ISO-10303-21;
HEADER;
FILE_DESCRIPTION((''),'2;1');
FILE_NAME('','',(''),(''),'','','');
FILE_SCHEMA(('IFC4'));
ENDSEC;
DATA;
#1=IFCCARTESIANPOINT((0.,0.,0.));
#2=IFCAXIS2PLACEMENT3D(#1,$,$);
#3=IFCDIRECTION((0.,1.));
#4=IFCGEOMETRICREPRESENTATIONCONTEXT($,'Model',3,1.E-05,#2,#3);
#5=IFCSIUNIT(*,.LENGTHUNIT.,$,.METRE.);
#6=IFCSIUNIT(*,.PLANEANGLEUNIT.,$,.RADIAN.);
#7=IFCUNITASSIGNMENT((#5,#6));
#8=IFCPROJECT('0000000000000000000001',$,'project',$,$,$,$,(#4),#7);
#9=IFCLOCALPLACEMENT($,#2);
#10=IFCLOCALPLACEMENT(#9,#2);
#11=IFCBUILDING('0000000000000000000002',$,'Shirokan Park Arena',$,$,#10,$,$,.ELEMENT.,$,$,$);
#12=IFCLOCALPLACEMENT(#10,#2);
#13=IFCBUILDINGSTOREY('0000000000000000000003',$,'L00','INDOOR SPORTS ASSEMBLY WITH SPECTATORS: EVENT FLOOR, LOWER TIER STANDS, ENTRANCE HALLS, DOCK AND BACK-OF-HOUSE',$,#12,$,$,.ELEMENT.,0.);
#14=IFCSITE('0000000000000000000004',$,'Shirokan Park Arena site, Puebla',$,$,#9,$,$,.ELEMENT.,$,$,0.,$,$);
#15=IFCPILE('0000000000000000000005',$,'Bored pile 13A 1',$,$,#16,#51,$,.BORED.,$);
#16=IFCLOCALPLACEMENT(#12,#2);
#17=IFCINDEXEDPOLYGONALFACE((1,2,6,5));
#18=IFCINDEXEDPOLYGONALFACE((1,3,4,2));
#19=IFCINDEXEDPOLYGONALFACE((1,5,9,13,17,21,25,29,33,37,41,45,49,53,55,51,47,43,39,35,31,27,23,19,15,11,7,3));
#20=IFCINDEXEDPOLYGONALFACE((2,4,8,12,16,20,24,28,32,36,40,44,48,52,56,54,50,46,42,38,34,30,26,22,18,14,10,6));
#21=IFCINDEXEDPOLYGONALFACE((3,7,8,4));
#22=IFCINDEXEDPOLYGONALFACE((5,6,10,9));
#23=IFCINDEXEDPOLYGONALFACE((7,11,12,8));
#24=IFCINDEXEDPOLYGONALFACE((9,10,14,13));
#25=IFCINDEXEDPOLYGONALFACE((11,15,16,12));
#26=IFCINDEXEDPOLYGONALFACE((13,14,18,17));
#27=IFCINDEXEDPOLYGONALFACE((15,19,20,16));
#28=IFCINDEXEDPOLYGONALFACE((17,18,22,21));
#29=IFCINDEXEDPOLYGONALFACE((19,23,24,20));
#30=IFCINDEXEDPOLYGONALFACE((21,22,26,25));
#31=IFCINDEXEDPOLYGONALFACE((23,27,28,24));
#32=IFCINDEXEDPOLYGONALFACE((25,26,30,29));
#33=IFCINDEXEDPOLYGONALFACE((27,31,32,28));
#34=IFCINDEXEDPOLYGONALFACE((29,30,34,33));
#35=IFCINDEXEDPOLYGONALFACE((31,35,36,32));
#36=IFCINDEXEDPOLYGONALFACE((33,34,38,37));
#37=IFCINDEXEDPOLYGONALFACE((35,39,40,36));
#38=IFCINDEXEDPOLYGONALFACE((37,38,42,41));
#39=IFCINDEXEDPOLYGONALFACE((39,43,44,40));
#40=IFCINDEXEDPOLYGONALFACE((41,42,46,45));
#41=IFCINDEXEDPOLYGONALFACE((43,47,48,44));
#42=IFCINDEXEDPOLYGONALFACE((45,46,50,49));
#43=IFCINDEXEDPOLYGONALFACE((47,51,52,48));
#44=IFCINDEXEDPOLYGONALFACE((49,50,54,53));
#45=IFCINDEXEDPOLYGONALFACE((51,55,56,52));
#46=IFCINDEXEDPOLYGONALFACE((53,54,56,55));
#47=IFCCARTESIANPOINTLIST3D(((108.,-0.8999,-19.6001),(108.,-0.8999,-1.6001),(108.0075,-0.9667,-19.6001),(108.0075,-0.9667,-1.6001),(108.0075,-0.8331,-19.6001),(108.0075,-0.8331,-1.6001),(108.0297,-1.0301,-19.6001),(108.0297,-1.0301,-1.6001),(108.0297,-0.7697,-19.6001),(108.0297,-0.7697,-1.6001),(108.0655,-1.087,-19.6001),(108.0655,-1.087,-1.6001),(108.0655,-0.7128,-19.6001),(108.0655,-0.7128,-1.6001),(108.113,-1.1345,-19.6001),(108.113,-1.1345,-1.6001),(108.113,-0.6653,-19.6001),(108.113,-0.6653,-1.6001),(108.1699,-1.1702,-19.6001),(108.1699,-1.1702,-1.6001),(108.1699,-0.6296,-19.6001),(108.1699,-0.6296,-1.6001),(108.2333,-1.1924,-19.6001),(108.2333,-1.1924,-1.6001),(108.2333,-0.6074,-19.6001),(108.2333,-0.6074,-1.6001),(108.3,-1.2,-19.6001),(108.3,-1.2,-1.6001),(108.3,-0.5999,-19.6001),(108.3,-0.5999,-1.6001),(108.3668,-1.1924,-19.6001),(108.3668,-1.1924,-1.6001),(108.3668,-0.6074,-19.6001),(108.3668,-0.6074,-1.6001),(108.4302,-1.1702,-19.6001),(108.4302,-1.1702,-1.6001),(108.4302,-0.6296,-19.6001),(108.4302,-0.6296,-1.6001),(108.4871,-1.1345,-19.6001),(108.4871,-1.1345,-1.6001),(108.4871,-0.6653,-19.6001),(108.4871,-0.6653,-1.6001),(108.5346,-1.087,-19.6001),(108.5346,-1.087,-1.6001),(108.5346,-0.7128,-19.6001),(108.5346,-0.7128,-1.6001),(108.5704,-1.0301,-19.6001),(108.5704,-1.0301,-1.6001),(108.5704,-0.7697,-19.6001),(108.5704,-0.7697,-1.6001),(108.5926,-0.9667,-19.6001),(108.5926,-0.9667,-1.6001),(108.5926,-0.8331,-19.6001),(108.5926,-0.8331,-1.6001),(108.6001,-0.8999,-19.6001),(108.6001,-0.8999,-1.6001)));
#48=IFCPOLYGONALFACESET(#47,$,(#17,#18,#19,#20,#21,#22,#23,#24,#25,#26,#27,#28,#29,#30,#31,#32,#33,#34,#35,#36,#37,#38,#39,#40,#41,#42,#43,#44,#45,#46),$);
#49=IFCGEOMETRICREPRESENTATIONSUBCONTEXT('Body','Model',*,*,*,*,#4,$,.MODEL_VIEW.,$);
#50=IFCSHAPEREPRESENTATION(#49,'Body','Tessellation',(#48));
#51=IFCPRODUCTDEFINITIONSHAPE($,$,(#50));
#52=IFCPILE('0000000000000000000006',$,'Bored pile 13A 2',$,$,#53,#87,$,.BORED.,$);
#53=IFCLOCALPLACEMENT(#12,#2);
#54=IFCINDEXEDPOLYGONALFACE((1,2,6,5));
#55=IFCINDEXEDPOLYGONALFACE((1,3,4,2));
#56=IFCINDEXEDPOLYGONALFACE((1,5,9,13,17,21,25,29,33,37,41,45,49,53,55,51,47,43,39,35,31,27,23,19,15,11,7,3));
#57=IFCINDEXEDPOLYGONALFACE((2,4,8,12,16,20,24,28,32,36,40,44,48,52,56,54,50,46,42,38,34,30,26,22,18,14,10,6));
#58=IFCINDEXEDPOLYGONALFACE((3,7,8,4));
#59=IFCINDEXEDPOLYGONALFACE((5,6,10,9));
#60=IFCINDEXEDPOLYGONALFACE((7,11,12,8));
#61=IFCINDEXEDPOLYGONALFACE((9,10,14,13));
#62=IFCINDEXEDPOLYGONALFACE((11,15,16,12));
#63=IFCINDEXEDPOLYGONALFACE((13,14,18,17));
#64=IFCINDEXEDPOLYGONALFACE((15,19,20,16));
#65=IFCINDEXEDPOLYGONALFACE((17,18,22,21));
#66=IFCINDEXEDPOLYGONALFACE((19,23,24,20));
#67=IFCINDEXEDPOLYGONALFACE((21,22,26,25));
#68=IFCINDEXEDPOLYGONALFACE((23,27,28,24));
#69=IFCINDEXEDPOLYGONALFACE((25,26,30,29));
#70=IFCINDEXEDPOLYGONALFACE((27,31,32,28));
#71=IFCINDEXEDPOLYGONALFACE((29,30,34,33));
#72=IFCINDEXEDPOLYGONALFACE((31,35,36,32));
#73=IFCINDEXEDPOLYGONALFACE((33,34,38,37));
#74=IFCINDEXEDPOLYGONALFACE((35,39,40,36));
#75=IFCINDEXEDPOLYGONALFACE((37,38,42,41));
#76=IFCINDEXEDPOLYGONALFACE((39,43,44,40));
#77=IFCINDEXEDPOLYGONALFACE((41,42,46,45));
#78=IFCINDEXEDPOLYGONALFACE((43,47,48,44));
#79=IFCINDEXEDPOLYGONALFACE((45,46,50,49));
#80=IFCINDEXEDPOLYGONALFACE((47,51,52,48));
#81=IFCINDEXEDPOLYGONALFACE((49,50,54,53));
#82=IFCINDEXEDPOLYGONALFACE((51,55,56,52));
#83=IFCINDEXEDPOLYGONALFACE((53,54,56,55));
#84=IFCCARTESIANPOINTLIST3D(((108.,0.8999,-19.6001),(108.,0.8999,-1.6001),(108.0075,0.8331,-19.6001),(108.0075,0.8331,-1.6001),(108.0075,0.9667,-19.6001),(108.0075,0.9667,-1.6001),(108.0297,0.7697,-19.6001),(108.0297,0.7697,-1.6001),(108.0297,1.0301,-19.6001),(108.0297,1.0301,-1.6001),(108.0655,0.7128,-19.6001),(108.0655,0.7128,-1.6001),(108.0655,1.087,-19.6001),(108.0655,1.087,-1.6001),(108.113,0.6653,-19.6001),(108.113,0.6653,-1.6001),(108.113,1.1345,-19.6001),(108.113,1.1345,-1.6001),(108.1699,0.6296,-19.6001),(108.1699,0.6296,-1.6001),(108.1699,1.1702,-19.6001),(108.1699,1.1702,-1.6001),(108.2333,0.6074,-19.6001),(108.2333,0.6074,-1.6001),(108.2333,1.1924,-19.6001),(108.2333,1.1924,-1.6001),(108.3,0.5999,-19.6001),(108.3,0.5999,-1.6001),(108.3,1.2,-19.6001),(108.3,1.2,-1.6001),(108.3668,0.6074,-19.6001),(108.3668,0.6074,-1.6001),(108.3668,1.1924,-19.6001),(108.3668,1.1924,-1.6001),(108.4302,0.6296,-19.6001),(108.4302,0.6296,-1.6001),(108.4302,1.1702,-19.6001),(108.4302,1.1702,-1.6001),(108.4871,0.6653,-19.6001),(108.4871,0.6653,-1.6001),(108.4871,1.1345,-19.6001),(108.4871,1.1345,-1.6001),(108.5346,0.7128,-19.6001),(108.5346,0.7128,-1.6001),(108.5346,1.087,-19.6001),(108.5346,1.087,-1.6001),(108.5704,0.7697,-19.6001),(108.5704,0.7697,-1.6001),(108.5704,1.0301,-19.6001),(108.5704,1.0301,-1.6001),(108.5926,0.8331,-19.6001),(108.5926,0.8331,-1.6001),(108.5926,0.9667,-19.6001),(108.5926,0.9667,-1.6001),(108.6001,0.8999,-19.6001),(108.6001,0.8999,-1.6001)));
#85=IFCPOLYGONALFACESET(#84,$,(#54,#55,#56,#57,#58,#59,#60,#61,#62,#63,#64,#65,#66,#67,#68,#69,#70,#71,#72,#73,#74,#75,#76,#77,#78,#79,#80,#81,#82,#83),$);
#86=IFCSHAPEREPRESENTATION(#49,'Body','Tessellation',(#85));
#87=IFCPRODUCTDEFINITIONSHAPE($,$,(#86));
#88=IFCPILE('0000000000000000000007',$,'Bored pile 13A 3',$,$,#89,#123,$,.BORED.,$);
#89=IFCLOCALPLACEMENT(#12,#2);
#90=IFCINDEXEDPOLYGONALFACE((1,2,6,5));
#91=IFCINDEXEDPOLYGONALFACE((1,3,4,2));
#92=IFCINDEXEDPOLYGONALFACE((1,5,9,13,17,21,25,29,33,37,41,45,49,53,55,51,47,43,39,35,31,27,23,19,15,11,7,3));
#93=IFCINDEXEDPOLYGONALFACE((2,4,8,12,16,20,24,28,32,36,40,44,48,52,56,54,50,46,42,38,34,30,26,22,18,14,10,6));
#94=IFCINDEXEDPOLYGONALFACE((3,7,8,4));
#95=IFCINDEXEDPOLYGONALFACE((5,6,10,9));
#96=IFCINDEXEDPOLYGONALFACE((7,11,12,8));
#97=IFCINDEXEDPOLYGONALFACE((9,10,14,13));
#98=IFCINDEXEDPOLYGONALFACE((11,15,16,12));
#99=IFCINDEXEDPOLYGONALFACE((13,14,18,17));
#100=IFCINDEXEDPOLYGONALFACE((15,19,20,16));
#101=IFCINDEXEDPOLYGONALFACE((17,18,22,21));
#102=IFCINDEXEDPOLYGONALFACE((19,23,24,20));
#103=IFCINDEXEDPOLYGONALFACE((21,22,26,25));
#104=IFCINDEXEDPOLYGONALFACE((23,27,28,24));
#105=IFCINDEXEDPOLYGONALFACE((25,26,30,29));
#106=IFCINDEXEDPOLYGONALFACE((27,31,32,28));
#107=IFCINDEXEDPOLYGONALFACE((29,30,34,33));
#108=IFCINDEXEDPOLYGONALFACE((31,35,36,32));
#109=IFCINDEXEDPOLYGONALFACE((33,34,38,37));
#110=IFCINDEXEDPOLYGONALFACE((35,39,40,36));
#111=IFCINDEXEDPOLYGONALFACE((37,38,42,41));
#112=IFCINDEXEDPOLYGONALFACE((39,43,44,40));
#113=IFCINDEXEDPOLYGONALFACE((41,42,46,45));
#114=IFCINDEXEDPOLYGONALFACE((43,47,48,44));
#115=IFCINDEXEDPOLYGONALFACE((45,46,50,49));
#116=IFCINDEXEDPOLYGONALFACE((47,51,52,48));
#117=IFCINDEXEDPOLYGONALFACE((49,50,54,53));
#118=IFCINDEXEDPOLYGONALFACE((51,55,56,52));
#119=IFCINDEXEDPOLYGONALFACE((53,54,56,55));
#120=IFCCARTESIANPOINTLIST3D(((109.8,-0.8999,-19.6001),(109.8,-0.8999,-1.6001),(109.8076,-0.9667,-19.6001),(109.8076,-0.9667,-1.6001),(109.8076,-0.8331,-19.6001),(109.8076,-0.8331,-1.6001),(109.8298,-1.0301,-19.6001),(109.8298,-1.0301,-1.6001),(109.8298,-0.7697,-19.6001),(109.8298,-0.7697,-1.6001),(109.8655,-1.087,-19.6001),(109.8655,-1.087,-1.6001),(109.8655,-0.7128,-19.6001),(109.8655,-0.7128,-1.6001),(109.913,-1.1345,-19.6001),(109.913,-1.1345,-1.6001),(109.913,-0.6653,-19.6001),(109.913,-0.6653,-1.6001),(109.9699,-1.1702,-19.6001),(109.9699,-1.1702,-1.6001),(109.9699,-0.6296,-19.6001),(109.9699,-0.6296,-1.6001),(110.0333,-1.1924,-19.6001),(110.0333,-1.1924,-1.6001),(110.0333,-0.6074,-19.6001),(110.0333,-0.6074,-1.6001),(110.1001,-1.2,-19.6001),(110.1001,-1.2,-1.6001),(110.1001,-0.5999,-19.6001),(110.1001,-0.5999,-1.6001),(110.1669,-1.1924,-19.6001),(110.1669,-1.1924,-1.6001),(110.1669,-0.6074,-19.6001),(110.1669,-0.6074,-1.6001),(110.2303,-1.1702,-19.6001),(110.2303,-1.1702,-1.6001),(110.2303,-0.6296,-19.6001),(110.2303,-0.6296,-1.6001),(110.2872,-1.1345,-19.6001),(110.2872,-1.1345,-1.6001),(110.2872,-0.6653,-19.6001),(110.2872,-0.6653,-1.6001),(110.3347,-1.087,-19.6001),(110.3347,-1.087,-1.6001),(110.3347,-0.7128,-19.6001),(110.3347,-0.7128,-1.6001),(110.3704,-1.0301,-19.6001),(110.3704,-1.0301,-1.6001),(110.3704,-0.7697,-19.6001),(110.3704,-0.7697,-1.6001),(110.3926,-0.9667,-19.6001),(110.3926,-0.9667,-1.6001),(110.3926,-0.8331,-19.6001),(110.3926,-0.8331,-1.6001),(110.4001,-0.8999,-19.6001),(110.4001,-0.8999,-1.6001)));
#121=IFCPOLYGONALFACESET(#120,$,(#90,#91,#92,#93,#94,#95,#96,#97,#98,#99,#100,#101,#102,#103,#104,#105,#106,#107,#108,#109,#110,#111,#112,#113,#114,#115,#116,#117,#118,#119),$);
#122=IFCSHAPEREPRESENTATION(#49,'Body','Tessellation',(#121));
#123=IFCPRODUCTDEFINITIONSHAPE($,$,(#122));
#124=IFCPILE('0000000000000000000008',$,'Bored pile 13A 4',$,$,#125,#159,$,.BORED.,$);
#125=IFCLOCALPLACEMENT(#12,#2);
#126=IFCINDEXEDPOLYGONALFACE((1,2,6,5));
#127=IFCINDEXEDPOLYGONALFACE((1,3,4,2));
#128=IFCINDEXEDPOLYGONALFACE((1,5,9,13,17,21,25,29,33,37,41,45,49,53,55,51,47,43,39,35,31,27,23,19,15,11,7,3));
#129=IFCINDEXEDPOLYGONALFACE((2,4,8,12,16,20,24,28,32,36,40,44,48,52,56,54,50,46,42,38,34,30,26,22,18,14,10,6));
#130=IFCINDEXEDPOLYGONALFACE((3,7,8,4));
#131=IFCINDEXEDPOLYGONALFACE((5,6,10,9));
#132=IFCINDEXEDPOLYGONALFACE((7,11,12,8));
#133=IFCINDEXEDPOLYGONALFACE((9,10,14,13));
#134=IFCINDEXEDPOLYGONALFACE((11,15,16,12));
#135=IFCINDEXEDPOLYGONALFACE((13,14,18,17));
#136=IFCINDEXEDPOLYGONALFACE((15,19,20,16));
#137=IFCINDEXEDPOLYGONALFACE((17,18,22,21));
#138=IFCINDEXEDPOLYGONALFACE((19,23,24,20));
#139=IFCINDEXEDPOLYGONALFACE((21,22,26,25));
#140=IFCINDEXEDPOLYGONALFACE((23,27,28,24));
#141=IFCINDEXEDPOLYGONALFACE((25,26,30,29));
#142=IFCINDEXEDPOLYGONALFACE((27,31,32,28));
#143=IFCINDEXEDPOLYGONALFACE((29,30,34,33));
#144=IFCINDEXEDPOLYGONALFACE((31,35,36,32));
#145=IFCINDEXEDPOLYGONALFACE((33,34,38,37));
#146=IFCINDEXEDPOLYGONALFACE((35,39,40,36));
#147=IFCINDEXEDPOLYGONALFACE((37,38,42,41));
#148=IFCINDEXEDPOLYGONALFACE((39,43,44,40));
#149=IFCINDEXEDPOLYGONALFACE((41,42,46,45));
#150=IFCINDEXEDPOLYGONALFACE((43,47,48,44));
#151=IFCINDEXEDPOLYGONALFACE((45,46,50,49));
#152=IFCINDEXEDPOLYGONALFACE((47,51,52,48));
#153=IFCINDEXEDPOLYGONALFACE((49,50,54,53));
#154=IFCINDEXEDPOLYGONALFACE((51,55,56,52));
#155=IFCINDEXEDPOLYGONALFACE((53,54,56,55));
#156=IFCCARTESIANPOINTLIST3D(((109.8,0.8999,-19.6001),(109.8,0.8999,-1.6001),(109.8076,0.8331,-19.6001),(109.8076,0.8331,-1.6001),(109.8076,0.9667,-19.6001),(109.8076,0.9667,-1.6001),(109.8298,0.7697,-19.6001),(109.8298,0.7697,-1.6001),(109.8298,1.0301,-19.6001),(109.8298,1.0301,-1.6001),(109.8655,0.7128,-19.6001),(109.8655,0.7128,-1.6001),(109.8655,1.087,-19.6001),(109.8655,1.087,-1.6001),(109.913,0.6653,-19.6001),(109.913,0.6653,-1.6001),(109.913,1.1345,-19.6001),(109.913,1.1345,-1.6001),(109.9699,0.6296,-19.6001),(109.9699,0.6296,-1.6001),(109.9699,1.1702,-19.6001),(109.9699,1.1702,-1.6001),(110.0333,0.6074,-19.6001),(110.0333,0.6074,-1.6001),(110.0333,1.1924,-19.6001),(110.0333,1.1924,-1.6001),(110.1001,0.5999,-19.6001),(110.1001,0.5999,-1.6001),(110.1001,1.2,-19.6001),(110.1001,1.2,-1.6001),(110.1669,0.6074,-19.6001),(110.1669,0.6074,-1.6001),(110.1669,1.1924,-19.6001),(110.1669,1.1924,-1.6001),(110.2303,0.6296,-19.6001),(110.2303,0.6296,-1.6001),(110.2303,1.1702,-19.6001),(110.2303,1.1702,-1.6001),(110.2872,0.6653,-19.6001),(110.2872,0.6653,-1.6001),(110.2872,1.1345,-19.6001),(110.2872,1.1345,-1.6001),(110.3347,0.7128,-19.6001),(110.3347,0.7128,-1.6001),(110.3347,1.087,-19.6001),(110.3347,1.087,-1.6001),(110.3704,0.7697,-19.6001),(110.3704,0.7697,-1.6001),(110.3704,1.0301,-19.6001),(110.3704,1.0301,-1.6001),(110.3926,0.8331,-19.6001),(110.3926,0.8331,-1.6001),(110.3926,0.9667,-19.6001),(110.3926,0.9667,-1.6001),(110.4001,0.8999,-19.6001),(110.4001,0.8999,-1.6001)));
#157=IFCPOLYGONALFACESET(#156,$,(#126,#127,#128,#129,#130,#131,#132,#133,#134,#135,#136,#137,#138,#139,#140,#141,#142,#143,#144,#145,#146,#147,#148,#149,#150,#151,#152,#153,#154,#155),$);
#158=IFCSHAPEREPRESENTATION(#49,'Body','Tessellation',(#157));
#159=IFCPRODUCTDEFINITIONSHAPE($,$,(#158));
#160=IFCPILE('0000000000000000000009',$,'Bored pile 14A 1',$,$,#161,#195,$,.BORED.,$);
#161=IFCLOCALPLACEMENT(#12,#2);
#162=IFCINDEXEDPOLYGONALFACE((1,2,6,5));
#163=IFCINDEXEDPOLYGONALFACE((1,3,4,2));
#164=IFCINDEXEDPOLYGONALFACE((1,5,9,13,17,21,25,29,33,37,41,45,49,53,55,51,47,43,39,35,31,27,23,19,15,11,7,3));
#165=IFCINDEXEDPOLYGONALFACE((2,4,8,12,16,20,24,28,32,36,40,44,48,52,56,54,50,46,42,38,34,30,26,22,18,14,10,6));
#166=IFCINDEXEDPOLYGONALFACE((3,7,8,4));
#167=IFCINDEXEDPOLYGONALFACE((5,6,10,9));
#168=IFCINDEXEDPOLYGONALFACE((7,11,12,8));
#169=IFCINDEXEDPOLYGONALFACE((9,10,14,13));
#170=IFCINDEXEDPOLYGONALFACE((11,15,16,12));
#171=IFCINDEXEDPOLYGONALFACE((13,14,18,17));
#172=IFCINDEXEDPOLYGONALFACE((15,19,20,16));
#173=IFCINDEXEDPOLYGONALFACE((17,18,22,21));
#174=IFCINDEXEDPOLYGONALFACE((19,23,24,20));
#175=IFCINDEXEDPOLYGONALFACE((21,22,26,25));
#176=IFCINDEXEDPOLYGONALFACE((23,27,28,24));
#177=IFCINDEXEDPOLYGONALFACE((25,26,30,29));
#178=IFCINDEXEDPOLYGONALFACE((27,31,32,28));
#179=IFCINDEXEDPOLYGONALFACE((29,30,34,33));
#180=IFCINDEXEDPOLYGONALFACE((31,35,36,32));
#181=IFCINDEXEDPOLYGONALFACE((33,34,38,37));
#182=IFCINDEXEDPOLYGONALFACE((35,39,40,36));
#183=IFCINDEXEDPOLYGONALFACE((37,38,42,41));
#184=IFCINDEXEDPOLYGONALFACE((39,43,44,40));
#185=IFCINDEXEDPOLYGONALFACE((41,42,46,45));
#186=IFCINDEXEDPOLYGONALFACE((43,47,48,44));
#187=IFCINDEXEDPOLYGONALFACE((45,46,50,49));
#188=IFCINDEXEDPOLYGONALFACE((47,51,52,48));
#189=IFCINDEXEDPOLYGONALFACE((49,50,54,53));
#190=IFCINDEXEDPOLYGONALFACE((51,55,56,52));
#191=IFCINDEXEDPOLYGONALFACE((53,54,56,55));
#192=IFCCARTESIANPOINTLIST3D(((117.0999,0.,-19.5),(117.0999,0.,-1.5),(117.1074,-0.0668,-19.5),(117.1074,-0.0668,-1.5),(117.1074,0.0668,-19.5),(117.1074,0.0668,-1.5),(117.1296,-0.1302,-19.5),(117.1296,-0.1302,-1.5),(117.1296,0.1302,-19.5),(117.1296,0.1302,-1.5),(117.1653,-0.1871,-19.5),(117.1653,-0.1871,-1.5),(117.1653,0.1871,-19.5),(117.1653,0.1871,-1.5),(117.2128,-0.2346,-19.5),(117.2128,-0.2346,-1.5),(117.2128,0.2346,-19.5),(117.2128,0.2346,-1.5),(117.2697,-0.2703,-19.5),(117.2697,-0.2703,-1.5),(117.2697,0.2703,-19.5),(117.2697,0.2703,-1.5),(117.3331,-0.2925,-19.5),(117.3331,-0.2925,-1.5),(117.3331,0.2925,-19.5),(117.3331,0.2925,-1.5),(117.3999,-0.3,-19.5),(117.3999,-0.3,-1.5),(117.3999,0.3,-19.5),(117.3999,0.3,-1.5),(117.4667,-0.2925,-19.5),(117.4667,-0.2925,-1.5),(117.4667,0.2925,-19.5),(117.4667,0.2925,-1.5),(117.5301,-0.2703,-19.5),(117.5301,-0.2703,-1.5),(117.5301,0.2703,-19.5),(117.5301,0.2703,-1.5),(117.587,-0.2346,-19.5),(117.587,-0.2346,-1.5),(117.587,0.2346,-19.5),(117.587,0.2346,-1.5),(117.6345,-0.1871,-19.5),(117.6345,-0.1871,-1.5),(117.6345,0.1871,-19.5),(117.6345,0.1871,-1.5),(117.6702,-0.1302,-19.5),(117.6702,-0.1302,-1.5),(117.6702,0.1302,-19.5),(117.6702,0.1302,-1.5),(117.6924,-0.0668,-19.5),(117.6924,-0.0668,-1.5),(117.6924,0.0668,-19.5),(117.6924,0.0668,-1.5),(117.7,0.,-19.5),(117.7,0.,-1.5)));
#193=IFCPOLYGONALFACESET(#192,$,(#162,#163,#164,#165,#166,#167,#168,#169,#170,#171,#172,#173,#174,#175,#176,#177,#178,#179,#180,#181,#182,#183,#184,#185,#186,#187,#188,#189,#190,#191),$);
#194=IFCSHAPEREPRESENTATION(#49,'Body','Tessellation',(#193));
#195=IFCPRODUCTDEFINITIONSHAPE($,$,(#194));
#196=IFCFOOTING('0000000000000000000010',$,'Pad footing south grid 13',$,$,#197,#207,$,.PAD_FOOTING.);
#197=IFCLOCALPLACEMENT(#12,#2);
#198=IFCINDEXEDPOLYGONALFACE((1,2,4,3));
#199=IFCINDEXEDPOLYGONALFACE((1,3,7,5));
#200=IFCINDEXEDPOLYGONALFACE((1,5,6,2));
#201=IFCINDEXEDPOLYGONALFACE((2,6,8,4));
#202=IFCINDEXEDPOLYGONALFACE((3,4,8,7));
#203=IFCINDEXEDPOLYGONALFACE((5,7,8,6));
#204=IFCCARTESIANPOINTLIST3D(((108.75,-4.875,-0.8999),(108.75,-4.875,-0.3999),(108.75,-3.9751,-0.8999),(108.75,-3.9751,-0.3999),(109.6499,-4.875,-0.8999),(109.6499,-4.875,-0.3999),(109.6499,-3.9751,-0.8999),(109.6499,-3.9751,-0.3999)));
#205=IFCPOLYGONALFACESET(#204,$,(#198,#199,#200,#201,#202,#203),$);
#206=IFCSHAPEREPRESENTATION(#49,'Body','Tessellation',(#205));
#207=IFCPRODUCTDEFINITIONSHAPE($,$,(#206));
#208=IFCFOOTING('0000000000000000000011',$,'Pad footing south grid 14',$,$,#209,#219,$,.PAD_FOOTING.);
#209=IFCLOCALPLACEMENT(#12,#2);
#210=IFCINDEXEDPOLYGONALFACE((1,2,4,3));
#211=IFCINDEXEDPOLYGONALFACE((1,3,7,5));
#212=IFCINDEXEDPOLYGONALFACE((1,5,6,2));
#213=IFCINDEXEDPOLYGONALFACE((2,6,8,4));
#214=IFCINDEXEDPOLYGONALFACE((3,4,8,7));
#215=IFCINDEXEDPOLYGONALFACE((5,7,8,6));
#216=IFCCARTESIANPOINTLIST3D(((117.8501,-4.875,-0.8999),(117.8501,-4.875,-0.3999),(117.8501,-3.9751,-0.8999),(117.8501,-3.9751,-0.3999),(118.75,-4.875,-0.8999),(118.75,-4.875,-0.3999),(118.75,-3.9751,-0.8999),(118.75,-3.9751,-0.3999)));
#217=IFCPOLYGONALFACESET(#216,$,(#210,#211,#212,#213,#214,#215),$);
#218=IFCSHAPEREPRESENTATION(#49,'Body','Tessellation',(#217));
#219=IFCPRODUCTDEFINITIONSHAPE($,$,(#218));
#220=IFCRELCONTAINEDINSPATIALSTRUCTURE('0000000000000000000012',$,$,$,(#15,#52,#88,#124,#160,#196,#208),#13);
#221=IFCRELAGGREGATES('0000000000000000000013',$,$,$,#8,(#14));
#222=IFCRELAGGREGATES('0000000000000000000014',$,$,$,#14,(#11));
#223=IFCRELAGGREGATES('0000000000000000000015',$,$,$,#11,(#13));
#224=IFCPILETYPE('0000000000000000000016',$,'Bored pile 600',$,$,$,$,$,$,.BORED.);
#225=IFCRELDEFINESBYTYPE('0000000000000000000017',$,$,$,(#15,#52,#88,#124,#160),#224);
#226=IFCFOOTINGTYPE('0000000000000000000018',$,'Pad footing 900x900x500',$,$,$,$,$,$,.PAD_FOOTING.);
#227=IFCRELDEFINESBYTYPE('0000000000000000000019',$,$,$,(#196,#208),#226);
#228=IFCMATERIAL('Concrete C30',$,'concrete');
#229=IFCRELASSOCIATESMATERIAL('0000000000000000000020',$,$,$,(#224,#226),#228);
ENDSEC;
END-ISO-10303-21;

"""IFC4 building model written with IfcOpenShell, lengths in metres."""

from ifc_helpers import new_model, si_unit, direction, frame, origin, origin_2d, place, context, subcontext, project, spatial, rectangle, circle, extrude, material, material_profile, profile_set, type_object, element, save


model = new_model("IFC4")

# Units and contexts
model_context = context("Model", 3, precision=1e-05, world=origin(), true_north=direction((0.0, 1.0)))
body_context = subcontext(model_context, "Body", "Model", "MODEL_VIEW")
ifc_project = project(units=[si_unit("LENGTHUNIT", "METRE"), si_unit("PLANEANGLEUNIT", "RADIAN")], contexts=[model_context])

# Site, building, storey
site_placement = place(None, origin())
site = spatial("IfcSite", under=ifc_project, at=site_placement, Name="Shirokan Park Arena site, Puebla", CompositionType="ELEMENT", RefElevation=0.0)
building_placement = place(site_placement, origin())
building = spatial("IfcBuilding", under=site, at=building_placement, Name="Shirokan Park Arena", CompositionType="ELEMENT")
storey_placement = place(building_placement, origin())
storey = spatial("IfcBuildingStorey", under=building, at=storey_placement, Name="L00", Description="INDOOR SPORTS ASSEMBLY WITH SPECTATORS: EVENT FLOOR, LOWER TIER STANDS, ENTRANCE HALLS, DOCK AND BACK-OF-HOUSE", CompositionType="ELEMENT", Elevation=0.0)

# Piles
ifc_material_1 = material(Name="Concrete C30", Category="concrete")
ifc_material_profile_1 = material_profile(ifc_material_1, circle(Radius=0.3, at=origin_2d()), Name="D600")
ifc_profile_set_1 = profile_set([ifc_material_profile_1], Name="Concrete C30")
pile_type = type_object("IfcPileType", Name="Bored pile 600", PredefinedType="BORED", material=ifc_profile_set_1)
for number, where, z_axis, x_axis, name in (
    (1, (108.3, -0.8999, -1.6001), (0.0, 0.0, -1.0), (1.0, 0.0, 0.0), "Bored pile 13A 1"),
    (2, (108.3, 0.8999, -1.6001), (0.0, 0.0, -1.0), (1.0, 0.0, 0.0), "Bored pile 13A 2"),
    (3, (110.1001, -0.8999, -1.6001), (0.0, 0.0, -1.0), (1.0, 0.0, 0.0), "Bored pile 13A 3"),
    (4, (110.1001, 0.8999, -1.6001), (0.0, 0.0, -1.0), (1.0, 0.0, 0.0), "Bored pile 13A 4"),
    (5, (117.3999, 0.0, -1.5), (0.0, 0.0, -1.0), (1.0, 0.0, 0.0), "Bored pile 14A 1"),
):
    element("IfcPile", number, at=place(storey_placement, frame(where, z_axis=z_axis, x_axis=x_axis)), inside=storey, type_object=pile_type, Name=name, PredefinedType="BORED", context=body_context, shape_type="SweptSolid", body=[
        extrude(circle(Radius=0.3, at=origin_2d()), origin(), (0.0, 0.0, 1.0), 18.0),
    ])

# Footings
footing_type_1 = type_object("IfcFootingType", Name="Pad footing 900x900x500", PredefinedType="PAD_FOOTING", material=ifc_material_1)
for number, where, z_axis, x_axis, name in (
    (6, (109.2, -4.425, -0.8999), (0.0, 0.0, 1.0), (1.0, 0.0, 0.0), "Pad footing south grid 13"),
    (7, (118.3, -4.425, -0.8999), (0.0, 0.0, 1.0), (1.0, 0.0, 0.0), "Pad footing south grid 14"),
):
    element("IfcFooting", number, at=place(storey_placement, frame(where, z_axis=z_axis, x_axis=x_axis)), inside=storey, type_object=footing_type_1, Name=name, PredefinedType="PAD_FOOTING", context=body_context, shape_type="SweptSolid", body=[
        extrude(rectangle(XDim=0.8999, YDim=0.8999, at=origin_2d()), origin(), (0.0, 0.0, 1.0), 0.5),
    ])

save(model, "model.ifc")
